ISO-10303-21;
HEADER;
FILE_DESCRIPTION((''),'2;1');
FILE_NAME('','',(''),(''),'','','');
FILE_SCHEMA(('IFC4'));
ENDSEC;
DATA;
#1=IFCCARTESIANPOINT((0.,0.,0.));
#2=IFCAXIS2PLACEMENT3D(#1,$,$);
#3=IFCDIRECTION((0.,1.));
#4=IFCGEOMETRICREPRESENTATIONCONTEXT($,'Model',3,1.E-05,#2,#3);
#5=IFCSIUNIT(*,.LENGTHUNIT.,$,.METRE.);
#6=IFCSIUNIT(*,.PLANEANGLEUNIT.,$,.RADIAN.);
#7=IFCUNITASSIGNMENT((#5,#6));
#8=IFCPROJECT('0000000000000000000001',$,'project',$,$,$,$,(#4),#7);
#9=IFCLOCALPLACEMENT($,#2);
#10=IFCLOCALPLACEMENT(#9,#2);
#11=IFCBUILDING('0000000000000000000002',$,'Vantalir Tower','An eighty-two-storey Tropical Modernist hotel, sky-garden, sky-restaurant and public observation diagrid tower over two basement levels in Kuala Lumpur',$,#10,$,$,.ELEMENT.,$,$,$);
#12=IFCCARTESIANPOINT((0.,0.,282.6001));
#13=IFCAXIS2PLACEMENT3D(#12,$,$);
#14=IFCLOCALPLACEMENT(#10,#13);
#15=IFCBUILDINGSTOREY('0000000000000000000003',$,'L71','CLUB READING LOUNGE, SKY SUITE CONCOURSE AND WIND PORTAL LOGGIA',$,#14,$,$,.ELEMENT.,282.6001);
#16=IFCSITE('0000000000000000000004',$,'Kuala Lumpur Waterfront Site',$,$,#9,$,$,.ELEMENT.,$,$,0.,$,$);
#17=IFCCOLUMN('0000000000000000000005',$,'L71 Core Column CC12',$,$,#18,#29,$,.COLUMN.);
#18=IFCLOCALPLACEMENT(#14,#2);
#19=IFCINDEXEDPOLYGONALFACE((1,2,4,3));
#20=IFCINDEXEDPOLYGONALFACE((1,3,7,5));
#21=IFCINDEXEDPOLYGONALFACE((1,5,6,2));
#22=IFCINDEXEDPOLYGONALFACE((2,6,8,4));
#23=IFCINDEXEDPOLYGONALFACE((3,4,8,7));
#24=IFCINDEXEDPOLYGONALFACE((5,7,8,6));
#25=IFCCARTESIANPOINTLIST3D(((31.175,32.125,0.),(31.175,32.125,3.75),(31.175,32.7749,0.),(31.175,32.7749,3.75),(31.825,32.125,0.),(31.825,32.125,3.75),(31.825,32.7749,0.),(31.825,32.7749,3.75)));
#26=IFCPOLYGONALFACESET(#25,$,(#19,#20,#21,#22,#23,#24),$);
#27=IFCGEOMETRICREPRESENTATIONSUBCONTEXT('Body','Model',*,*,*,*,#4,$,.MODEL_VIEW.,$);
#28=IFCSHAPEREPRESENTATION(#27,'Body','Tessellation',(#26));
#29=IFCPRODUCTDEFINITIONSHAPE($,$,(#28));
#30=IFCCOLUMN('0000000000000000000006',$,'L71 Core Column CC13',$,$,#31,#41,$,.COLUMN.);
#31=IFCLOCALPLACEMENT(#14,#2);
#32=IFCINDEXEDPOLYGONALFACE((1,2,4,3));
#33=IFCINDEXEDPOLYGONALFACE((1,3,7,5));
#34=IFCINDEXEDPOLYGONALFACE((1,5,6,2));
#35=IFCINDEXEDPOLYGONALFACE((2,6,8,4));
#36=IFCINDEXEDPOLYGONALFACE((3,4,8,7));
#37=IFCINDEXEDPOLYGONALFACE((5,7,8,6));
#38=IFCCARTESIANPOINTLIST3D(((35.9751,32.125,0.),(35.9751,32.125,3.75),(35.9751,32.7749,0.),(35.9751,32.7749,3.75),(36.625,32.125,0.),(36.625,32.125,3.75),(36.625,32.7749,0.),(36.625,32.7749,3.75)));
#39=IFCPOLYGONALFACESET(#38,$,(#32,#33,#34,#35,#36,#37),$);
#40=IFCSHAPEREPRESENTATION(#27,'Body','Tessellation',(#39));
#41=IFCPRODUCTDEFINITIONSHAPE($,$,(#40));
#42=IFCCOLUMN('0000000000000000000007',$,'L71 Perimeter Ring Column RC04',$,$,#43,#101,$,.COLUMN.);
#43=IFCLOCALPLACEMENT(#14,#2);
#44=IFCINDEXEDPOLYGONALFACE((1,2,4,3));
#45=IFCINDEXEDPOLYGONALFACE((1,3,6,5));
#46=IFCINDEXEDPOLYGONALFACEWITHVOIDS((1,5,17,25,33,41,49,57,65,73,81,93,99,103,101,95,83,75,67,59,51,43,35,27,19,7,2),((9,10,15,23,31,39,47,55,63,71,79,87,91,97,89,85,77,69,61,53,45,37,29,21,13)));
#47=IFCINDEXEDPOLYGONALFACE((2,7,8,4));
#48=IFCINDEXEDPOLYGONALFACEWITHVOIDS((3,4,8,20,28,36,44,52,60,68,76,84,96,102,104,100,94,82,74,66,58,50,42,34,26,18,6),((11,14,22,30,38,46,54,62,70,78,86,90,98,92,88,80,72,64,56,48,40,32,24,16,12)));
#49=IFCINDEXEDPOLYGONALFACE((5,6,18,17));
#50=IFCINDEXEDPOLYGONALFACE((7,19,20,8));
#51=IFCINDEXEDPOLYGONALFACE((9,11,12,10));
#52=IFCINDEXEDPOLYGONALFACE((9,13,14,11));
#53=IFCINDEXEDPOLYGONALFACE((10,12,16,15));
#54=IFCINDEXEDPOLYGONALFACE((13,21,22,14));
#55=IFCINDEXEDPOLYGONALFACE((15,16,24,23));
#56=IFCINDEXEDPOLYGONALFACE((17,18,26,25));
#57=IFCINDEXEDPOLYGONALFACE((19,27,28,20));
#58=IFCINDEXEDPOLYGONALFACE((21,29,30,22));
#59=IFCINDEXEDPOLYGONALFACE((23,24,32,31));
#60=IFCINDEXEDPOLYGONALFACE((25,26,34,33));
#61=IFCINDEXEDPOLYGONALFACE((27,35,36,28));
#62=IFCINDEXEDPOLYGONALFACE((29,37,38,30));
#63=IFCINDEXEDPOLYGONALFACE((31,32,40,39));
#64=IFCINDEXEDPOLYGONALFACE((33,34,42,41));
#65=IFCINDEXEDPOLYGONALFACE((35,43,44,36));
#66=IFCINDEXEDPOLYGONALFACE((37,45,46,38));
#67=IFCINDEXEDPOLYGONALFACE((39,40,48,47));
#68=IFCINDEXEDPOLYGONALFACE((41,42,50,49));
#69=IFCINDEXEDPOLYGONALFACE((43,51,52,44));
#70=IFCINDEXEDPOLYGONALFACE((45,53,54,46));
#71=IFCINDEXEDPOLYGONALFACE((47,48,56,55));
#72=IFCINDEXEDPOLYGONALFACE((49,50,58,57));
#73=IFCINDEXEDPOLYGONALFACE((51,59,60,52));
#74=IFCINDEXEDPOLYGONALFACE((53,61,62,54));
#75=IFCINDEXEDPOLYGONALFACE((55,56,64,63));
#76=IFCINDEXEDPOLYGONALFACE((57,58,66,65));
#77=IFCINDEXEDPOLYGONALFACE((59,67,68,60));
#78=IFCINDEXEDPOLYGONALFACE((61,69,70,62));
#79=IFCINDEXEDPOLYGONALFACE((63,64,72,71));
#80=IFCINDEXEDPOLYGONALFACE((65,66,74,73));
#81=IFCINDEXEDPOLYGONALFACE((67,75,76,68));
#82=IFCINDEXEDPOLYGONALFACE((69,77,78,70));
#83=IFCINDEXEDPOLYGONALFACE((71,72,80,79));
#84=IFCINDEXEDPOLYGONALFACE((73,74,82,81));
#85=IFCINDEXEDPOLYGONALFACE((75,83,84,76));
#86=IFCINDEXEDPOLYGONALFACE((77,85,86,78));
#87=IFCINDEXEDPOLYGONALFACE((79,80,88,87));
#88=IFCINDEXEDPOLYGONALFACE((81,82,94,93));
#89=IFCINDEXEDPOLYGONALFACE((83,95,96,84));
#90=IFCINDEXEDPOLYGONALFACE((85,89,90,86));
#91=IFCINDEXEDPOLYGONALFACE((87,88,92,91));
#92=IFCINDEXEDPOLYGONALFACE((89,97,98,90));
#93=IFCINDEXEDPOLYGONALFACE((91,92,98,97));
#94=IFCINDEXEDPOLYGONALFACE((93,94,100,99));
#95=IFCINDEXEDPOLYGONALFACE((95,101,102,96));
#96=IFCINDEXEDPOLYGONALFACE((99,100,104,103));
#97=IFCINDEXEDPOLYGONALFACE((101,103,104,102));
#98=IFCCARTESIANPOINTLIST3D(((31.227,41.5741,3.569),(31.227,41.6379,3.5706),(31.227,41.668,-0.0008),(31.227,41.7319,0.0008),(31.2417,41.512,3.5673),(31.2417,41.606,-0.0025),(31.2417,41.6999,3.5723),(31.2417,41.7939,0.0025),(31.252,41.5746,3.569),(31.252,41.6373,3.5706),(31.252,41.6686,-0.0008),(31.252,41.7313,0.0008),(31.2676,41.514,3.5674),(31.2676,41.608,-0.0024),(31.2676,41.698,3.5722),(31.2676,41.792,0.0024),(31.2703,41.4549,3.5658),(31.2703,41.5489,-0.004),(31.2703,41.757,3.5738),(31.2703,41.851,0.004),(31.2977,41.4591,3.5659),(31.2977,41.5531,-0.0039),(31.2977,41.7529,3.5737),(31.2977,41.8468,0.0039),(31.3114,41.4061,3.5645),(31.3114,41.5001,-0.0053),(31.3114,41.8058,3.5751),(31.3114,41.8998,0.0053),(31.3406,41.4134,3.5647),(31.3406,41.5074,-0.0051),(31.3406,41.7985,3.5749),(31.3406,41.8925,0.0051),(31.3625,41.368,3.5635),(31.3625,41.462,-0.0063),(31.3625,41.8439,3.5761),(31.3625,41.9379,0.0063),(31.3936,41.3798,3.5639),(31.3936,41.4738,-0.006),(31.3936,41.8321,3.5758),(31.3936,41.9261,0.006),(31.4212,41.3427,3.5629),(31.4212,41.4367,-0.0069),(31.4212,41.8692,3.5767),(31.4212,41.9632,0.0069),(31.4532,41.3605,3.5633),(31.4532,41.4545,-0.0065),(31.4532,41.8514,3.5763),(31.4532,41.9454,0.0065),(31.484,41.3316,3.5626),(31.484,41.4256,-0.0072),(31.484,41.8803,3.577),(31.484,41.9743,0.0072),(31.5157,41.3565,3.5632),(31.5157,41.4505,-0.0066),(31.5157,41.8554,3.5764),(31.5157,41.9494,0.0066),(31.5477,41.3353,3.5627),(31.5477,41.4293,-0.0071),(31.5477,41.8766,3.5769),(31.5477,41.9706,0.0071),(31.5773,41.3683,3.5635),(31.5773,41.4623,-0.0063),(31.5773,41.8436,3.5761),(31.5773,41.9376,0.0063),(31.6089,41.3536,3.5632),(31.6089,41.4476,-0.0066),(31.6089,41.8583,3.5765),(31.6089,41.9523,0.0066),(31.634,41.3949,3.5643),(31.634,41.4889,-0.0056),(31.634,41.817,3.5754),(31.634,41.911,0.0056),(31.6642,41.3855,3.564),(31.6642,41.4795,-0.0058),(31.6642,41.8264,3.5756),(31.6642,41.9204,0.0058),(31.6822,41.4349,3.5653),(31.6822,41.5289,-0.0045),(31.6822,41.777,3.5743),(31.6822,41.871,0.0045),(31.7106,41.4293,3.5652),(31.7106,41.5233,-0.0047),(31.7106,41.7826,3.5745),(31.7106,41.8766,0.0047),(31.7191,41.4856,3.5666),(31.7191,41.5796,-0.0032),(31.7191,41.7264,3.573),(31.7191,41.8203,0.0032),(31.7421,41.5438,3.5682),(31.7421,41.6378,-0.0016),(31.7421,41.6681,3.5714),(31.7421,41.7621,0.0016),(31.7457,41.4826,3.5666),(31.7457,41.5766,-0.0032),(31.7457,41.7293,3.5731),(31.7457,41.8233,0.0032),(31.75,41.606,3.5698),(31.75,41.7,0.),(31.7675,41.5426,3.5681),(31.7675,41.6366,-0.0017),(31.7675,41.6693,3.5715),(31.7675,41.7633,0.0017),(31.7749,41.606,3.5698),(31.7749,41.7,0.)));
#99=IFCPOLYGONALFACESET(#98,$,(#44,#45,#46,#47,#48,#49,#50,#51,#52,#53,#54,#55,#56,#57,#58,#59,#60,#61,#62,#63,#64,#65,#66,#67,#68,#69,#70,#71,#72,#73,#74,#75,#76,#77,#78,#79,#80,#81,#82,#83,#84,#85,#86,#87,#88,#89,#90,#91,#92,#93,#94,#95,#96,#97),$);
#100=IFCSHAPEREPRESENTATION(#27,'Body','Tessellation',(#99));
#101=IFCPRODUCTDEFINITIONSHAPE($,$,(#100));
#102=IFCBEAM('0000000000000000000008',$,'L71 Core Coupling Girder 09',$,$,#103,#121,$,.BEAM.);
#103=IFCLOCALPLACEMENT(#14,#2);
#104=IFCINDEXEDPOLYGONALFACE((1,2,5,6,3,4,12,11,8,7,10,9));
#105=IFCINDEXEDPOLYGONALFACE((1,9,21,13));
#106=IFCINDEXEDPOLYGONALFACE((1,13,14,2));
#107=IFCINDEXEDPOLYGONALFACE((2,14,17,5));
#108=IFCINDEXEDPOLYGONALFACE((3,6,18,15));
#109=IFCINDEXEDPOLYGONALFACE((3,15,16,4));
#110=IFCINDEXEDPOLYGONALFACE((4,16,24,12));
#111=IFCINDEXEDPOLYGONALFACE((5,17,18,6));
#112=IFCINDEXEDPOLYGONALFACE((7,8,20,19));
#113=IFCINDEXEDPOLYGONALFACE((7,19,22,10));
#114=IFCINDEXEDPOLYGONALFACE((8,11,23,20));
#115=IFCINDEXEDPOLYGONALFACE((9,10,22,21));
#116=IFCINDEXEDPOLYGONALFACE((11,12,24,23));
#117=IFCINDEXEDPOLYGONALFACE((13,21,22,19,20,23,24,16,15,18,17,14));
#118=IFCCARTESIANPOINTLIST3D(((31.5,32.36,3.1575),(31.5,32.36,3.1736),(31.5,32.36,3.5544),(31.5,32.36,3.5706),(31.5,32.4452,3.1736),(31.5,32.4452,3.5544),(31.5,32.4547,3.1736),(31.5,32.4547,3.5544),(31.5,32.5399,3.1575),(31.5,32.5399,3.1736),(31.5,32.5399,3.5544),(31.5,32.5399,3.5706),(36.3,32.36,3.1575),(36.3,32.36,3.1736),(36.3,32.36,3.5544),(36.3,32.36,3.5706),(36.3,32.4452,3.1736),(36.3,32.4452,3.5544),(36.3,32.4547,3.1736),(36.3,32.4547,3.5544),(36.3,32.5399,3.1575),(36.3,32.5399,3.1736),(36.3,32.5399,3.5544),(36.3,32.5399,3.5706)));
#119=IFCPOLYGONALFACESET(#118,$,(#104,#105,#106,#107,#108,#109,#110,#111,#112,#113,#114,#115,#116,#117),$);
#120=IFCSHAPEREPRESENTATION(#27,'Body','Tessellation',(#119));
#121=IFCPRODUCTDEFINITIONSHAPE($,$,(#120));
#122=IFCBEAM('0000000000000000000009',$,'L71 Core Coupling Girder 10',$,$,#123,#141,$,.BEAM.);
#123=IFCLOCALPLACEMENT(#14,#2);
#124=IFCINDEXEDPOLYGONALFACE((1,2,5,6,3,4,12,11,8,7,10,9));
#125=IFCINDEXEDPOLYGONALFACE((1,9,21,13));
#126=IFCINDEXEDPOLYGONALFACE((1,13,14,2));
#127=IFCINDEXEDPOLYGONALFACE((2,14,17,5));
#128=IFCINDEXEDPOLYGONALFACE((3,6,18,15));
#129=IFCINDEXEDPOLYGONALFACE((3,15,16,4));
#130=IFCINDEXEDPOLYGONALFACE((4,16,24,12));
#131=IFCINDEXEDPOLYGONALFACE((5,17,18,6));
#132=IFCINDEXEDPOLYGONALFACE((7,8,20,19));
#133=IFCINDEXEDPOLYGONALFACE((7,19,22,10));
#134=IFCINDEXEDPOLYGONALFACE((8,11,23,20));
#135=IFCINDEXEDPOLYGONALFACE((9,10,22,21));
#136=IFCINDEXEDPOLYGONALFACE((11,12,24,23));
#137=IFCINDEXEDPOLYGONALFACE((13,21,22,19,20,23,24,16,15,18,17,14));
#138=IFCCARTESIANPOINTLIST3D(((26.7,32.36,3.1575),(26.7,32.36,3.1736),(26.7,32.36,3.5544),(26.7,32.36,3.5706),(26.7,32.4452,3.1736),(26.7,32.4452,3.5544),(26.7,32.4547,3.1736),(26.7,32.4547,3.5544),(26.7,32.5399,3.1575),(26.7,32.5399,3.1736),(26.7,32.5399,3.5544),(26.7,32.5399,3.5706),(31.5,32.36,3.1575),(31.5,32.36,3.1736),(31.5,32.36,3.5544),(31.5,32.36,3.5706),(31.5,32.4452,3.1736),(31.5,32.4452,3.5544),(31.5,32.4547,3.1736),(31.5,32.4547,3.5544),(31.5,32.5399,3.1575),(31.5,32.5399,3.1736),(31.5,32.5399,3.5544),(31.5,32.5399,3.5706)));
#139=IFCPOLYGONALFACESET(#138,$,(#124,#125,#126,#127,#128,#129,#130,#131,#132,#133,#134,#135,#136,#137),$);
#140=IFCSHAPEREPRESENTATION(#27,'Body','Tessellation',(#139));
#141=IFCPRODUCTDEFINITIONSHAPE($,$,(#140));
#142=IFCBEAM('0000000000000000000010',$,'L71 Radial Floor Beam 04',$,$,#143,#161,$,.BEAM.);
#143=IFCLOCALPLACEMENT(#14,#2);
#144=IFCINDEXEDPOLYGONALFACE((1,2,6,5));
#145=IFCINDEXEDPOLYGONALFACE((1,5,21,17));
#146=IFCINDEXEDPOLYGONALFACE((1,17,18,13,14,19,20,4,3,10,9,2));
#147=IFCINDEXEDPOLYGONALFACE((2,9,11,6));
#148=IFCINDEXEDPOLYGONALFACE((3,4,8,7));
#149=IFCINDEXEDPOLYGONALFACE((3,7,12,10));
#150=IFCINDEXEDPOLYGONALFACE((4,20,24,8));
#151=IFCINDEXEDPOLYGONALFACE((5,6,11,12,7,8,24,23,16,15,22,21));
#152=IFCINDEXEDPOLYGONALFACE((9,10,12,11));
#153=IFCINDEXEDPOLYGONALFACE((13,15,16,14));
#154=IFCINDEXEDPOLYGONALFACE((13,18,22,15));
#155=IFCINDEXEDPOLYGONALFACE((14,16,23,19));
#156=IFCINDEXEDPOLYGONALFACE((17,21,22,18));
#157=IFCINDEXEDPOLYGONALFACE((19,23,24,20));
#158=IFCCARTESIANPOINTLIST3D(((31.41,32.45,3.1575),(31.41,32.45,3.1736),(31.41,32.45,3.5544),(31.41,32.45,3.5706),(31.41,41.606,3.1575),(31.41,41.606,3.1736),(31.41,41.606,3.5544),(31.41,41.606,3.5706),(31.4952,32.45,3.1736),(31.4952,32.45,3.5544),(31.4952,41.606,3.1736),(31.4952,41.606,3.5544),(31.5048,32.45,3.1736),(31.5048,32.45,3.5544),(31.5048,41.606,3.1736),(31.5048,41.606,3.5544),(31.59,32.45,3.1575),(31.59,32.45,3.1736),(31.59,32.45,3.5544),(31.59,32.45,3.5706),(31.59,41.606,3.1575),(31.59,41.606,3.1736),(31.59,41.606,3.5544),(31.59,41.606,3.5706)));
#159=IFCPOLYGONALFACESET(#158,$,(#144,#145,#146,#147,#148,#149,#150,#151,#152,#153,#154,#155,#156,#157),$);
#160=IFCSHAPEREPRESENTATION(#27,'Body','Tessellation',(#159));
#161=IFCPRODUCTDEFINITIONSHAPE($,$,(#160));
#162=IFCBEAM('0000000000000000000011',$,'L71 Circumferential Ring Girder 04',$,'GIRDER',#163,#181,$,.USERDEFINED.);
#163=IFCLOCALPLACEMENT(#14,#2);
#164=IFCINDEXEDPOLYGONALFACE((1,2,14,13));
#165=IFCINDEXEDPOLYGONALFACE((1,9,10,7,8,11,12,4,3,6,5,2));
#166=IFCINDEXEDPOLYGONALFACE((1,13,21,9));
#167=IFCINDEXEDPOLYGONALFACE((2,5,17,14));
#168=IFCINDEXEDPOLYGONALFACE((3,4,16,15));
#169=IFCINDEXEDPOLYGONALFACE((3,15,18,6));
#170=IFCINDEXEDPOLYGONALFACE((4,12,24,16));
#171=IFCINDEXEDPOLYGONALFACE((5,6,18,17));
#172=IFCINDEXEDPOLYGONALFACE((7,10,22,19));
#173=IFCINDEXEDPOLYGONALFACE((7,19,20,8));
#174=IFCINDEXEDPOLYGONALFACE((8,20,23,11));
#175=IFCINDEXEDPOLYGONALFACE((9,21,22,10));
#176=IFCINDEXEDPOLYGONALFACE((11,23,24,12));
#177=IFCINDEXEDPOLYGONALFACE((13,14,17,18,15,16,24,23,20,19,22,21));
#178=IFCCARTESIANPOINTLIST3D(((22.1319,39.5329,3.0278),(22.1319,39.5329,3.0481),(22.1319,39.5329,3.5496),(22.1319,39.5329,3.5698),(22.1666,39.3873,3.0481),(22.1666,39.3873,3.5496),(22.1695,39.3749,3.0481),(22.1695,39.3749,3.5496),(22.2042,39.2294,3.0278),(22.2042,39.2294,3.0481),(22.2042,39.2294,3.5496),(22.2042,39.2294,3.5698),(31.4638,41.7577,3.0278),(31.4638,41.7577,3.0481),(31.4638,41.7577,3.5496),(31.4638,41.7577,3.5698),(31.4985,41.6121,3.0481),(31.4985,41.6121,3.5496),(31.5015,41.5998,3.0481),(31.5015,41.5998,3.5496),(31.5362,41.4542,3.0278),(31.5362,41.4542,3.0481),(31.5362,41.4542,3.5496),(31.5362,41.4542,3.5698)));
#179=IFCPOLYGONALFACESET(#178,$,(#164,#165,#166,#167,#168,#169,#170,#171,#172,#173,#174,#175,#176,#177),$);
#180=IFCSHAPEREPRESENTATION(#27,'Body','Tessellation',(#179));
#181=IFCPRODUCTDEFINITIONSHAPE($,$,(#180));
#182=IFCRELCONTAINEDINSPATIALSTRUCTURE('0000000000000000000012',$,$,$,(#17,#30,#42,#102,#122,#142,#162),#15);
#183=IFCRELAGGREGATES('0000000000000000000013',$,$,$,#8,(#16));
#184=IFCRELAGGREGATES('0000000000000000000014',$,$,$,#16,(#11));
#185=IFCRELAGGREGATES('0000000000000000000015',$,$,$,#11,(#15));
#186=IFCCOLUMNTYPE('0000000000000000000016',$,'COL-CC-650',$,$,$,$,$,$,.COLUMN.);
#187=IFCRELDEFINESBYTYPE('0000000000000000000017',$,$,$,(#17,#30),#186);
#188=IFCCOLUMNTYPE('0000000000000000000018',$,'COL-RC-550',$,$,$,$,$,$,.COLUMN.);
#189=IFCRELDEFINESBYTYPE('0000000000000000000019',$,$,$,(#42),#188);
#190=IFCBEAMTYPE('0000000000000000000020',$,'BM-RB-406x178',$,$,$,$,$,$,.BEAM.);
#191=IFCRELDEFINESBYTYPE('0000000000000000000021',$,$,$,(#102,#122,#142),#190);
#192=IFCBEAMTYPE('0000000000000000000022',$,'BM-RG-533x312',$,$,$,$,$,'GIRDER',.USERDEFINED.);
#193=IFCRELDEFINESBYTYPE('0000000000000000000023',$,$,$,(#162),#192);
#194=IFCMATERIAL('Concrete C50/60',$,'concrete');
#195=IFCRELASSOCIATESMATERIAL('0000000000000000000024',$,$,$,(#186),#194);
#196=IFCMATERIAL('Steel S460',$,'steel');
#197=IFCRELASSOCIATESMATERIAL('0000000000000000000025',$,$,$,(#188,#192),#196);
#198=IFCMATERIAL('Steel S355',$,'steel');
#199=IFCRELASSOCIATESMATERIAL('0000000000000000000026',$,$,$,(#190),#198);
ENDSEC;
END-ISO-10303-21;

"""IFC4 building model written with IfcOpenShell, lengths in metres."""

from ifc_helpers import new_model, si_unit, direction, frame, origin, origin_2d, place, context, subcontext, project, spatial, rectangle, hollow_circle, i_section, extrude, material, material_profile, profile_set, type_object, element, save


model = new_model("IFC4")

# Units and contexts
model_context = context("Model", 3, precision=1e-05, world=origin(), true_north=direction((0.0, 1.0)))
body_context = subcontext(model_context, "Body", "Model", "MODEL_VIEW")
ifc_project = project(units=[si_unit("LENGTHUNIT", "METRE"), si_unit("PLANEANGLEUNIT", "RADIAN")], contexts=[model_context])

# Site, building, storey
site_placement = place(None, origin())
site = spatial("IfcSite", under=ifc_project, at=site_placement, Name="Kuala Lumpur Waterfront Site", CompositionType="ELEMENT", RefElevation=0.0)
building_placement = place(site_placement, origin())
building = spatial("IfcBuilding", under=site, at=building_placement, Name="Vantalir Tower", Description="An eighty-two-storey Tropical Modernist hotel, sky-garden, sky-restaurant and public observation diagrid tower over two basement levels in Kuala Lumpur", CompositionType="ELEMENT")
storey_placement = place(building_placement, frame((0.0, 0.0, 282.6001)))
storey = spatial("IfcBuildingStorey", under=building, at=storey_placement, Name="L71", Description="CLUB READING LOUNGE, SKY SUITE CONCOURSE AND WIND PORTAL LOGGIA", CompositionType="ELEMENT", Elevation=282.6001)

# Columns
ifc_material_1 = material(Name="Concrete C50/60", Category="concrete")
ifc_material_profile_1 = material_profile(ifc_material_1, rectangle(XDim=0.6499, YDim=0.6499, at=origin_2d()), Name="Concrete C50/60")
ifc_profile_set_1 = profile_set([ifc_material_profile_1], Name="Concrete C50/60")
column_type_1 = type_object("IfcColumnType", Name="COL-CC-650", PredefinedType="COLUMN", material=ifc_profile_set_1)
for number, where, z_axis, x_axis, name in (
    (1, (31.5, 32.45, 0.0), (0.0, 0.0, 1.0), (1.0, 0.0, 0.0), "L71 Core Column CC12"),
    (2, (36.3, 32.45, 0.0), (0.0, 0.0, 1.0), (1.0, 0.0, 0.0), "L71 Core Column CC13"),
):
    element("IfcColumn", number, at=place(storey_placement, frame(where, z_axis=z_axis, x_axis=x_axis)), inside=storey, type_object=column_type_1, Name=name, PredefinedType="COLUMN", context=body_context, shape_type="SweptSolid", body=[
        extrude(rectangle(XDim=0.6499, YDim=0.6499, at=origin_2d()), origin(), (0.0, 0.0, 1.0), 3.75),
    ])
ifc_material_2 = material(Name="Steel S460", Category="steel")
ifc_material_profile_2 = material_profile(ifc_material_2, hollow_circle(Radius=0.2749, WallThickness=0.0249, at=origin_2d()), Name="Steel S460")
ifc_profile_set_2 = profile_set([ifc_material_profile_2], Name="Steel S460")
column_type_2 = type_object("IfcColumnType", Name="COL-RC-550", PredefinedType="COLUMN", material=ifc_profile_set_2)
column_placement = place(storey_placement, frame((31.5, 41.7, 0.0), z_axis=(0.0, -0.026321, 0.999654), x_axis=(1.0, 0.0, 0.0)))
element("IfcColumn", 3, at=column_placement, inside=storey, type_object=column_type_2, Name="L71 Perimeter Ring Column RC04", PredefinedType="COLUMN", context=body_context, shape_type="SweptSolid", body=[
    extrude(hollow_circle(Radius=0.2749, WallThickness=0.0249, at=origin_2d()), origin(), (0.0, 0.0, 1.0), 3.571),
])

# Beams
ifc_material_3 = material(Name="Steel S355", Category="steel")
ifc_material_profile_3 = material_profile(ifc_material_3, i_section(OverallWidth=0.1799, OverallDepth=0.4131, WebThickness=0.0095, FlangeThickness=0.0161, at=origin_2d()), Name="Steel S355")
ifc_profile_set_3 = profile_set([ifc_material_profile_3], Name="Steel S355")
beam_type_1 = type_object("IfcBeamType", Name="BM-RB-406x178", PredefinedType="BEAM", material=ifc_profile_set_3)
for number, where, z_axis, x_axis, name in (
    (4, (36.3, 32.45, 3.364), (-1.0, 0.0, 0.0), (0.0, -1.0, 0.0), "L71 Core Coupling Girder 09"),
    (5, (31.5, 32.45, 3.364), (-1.0, 0.0, 0.0), (0.0, -1.0, 0.0), "L71 Core Coupling Girder 10"),
):
    element("IfcBeam", number, at=place(storey_placement, frame(where, z_axis=z_axis, x_axis=x_axis)), inside=storey, type_object=beam_type_1, Name=name, PredefinedType="BEAM", context=body_context, shape_type="SweptSolid", body=[
        extrude(i_section(OverallWidth=0.1799, OverallDepth=0.4131, WebThickness=0.0095, FlangeThickness=0.0161, at=origin_2d()), origin(), (0.0, 0.0, 1.0), 4.8),
    ])
beam_1_placement = place(storey_placement, frame((31.5, 41.606, 3.364), z_axis=(0.0, -1.0, 0.0), x_axis=(1.0, 0.0, 0.0)))
element("IfcBeam", 6, at=beam_1_placement, inside=storey, type_object=beam_type_1, Name="L71 Radial Floor Beam 04", PredefinedType="BEAM", context=body_context, shape_type="SweptSolid", body=[
    extrude(i_section(OverallWidth=0.1799, OverallDepth=0.4131, WebThickness=0.0095, FlangeThickness=0.0161, at=origin_2d()), origin(), (0.0, 0.0, 1.0), 9.156),
])
ifc_material_profile_4 = material_profile(ifc_material_2, i_section(OverallWidth=0.312, OverallDepth=0.542, WebThickness=0.0127, FlangeThickness=0.0203, at=origin_2d()), Name="Steel S460")
ifc_profile_set_4 = profile_set([ifc_material_profile_4], Name="Steel S460")
beam_type_2 = type_object("IfcBeamType", Name="BM-RG-533x312", ElementType="GIRDER", PredefinedType="USERDEFINED", material=ifc_profile_set_4)
beam_2_placement = place(storey_placement, frame((31.5, 41.606, 3.2988), z_axis=(-0.972737, -0.231911, 0.0), x_axis=(0.231911, -0.972737, 0.0)))
element("IfcBeam", 7, at=beam_2_placement, inside=storey, type_object=beam_type_2, Name="L71 Circumferential Ring Girder 04", ObjectType="GIRDER", PredefinedType="USERDEFINED", context=body_context, shape_type="SweptSolid", body=[
    extrude(i_section(OverallWidth=0.312, OverallDepth=0.542, WebThickness=0.0127, FlangeThickness=0.0203, at=origin_2d()), origin(), (0.0, 0.0, 1.0), 9.5935),
])

save(model, "model.ifc")
